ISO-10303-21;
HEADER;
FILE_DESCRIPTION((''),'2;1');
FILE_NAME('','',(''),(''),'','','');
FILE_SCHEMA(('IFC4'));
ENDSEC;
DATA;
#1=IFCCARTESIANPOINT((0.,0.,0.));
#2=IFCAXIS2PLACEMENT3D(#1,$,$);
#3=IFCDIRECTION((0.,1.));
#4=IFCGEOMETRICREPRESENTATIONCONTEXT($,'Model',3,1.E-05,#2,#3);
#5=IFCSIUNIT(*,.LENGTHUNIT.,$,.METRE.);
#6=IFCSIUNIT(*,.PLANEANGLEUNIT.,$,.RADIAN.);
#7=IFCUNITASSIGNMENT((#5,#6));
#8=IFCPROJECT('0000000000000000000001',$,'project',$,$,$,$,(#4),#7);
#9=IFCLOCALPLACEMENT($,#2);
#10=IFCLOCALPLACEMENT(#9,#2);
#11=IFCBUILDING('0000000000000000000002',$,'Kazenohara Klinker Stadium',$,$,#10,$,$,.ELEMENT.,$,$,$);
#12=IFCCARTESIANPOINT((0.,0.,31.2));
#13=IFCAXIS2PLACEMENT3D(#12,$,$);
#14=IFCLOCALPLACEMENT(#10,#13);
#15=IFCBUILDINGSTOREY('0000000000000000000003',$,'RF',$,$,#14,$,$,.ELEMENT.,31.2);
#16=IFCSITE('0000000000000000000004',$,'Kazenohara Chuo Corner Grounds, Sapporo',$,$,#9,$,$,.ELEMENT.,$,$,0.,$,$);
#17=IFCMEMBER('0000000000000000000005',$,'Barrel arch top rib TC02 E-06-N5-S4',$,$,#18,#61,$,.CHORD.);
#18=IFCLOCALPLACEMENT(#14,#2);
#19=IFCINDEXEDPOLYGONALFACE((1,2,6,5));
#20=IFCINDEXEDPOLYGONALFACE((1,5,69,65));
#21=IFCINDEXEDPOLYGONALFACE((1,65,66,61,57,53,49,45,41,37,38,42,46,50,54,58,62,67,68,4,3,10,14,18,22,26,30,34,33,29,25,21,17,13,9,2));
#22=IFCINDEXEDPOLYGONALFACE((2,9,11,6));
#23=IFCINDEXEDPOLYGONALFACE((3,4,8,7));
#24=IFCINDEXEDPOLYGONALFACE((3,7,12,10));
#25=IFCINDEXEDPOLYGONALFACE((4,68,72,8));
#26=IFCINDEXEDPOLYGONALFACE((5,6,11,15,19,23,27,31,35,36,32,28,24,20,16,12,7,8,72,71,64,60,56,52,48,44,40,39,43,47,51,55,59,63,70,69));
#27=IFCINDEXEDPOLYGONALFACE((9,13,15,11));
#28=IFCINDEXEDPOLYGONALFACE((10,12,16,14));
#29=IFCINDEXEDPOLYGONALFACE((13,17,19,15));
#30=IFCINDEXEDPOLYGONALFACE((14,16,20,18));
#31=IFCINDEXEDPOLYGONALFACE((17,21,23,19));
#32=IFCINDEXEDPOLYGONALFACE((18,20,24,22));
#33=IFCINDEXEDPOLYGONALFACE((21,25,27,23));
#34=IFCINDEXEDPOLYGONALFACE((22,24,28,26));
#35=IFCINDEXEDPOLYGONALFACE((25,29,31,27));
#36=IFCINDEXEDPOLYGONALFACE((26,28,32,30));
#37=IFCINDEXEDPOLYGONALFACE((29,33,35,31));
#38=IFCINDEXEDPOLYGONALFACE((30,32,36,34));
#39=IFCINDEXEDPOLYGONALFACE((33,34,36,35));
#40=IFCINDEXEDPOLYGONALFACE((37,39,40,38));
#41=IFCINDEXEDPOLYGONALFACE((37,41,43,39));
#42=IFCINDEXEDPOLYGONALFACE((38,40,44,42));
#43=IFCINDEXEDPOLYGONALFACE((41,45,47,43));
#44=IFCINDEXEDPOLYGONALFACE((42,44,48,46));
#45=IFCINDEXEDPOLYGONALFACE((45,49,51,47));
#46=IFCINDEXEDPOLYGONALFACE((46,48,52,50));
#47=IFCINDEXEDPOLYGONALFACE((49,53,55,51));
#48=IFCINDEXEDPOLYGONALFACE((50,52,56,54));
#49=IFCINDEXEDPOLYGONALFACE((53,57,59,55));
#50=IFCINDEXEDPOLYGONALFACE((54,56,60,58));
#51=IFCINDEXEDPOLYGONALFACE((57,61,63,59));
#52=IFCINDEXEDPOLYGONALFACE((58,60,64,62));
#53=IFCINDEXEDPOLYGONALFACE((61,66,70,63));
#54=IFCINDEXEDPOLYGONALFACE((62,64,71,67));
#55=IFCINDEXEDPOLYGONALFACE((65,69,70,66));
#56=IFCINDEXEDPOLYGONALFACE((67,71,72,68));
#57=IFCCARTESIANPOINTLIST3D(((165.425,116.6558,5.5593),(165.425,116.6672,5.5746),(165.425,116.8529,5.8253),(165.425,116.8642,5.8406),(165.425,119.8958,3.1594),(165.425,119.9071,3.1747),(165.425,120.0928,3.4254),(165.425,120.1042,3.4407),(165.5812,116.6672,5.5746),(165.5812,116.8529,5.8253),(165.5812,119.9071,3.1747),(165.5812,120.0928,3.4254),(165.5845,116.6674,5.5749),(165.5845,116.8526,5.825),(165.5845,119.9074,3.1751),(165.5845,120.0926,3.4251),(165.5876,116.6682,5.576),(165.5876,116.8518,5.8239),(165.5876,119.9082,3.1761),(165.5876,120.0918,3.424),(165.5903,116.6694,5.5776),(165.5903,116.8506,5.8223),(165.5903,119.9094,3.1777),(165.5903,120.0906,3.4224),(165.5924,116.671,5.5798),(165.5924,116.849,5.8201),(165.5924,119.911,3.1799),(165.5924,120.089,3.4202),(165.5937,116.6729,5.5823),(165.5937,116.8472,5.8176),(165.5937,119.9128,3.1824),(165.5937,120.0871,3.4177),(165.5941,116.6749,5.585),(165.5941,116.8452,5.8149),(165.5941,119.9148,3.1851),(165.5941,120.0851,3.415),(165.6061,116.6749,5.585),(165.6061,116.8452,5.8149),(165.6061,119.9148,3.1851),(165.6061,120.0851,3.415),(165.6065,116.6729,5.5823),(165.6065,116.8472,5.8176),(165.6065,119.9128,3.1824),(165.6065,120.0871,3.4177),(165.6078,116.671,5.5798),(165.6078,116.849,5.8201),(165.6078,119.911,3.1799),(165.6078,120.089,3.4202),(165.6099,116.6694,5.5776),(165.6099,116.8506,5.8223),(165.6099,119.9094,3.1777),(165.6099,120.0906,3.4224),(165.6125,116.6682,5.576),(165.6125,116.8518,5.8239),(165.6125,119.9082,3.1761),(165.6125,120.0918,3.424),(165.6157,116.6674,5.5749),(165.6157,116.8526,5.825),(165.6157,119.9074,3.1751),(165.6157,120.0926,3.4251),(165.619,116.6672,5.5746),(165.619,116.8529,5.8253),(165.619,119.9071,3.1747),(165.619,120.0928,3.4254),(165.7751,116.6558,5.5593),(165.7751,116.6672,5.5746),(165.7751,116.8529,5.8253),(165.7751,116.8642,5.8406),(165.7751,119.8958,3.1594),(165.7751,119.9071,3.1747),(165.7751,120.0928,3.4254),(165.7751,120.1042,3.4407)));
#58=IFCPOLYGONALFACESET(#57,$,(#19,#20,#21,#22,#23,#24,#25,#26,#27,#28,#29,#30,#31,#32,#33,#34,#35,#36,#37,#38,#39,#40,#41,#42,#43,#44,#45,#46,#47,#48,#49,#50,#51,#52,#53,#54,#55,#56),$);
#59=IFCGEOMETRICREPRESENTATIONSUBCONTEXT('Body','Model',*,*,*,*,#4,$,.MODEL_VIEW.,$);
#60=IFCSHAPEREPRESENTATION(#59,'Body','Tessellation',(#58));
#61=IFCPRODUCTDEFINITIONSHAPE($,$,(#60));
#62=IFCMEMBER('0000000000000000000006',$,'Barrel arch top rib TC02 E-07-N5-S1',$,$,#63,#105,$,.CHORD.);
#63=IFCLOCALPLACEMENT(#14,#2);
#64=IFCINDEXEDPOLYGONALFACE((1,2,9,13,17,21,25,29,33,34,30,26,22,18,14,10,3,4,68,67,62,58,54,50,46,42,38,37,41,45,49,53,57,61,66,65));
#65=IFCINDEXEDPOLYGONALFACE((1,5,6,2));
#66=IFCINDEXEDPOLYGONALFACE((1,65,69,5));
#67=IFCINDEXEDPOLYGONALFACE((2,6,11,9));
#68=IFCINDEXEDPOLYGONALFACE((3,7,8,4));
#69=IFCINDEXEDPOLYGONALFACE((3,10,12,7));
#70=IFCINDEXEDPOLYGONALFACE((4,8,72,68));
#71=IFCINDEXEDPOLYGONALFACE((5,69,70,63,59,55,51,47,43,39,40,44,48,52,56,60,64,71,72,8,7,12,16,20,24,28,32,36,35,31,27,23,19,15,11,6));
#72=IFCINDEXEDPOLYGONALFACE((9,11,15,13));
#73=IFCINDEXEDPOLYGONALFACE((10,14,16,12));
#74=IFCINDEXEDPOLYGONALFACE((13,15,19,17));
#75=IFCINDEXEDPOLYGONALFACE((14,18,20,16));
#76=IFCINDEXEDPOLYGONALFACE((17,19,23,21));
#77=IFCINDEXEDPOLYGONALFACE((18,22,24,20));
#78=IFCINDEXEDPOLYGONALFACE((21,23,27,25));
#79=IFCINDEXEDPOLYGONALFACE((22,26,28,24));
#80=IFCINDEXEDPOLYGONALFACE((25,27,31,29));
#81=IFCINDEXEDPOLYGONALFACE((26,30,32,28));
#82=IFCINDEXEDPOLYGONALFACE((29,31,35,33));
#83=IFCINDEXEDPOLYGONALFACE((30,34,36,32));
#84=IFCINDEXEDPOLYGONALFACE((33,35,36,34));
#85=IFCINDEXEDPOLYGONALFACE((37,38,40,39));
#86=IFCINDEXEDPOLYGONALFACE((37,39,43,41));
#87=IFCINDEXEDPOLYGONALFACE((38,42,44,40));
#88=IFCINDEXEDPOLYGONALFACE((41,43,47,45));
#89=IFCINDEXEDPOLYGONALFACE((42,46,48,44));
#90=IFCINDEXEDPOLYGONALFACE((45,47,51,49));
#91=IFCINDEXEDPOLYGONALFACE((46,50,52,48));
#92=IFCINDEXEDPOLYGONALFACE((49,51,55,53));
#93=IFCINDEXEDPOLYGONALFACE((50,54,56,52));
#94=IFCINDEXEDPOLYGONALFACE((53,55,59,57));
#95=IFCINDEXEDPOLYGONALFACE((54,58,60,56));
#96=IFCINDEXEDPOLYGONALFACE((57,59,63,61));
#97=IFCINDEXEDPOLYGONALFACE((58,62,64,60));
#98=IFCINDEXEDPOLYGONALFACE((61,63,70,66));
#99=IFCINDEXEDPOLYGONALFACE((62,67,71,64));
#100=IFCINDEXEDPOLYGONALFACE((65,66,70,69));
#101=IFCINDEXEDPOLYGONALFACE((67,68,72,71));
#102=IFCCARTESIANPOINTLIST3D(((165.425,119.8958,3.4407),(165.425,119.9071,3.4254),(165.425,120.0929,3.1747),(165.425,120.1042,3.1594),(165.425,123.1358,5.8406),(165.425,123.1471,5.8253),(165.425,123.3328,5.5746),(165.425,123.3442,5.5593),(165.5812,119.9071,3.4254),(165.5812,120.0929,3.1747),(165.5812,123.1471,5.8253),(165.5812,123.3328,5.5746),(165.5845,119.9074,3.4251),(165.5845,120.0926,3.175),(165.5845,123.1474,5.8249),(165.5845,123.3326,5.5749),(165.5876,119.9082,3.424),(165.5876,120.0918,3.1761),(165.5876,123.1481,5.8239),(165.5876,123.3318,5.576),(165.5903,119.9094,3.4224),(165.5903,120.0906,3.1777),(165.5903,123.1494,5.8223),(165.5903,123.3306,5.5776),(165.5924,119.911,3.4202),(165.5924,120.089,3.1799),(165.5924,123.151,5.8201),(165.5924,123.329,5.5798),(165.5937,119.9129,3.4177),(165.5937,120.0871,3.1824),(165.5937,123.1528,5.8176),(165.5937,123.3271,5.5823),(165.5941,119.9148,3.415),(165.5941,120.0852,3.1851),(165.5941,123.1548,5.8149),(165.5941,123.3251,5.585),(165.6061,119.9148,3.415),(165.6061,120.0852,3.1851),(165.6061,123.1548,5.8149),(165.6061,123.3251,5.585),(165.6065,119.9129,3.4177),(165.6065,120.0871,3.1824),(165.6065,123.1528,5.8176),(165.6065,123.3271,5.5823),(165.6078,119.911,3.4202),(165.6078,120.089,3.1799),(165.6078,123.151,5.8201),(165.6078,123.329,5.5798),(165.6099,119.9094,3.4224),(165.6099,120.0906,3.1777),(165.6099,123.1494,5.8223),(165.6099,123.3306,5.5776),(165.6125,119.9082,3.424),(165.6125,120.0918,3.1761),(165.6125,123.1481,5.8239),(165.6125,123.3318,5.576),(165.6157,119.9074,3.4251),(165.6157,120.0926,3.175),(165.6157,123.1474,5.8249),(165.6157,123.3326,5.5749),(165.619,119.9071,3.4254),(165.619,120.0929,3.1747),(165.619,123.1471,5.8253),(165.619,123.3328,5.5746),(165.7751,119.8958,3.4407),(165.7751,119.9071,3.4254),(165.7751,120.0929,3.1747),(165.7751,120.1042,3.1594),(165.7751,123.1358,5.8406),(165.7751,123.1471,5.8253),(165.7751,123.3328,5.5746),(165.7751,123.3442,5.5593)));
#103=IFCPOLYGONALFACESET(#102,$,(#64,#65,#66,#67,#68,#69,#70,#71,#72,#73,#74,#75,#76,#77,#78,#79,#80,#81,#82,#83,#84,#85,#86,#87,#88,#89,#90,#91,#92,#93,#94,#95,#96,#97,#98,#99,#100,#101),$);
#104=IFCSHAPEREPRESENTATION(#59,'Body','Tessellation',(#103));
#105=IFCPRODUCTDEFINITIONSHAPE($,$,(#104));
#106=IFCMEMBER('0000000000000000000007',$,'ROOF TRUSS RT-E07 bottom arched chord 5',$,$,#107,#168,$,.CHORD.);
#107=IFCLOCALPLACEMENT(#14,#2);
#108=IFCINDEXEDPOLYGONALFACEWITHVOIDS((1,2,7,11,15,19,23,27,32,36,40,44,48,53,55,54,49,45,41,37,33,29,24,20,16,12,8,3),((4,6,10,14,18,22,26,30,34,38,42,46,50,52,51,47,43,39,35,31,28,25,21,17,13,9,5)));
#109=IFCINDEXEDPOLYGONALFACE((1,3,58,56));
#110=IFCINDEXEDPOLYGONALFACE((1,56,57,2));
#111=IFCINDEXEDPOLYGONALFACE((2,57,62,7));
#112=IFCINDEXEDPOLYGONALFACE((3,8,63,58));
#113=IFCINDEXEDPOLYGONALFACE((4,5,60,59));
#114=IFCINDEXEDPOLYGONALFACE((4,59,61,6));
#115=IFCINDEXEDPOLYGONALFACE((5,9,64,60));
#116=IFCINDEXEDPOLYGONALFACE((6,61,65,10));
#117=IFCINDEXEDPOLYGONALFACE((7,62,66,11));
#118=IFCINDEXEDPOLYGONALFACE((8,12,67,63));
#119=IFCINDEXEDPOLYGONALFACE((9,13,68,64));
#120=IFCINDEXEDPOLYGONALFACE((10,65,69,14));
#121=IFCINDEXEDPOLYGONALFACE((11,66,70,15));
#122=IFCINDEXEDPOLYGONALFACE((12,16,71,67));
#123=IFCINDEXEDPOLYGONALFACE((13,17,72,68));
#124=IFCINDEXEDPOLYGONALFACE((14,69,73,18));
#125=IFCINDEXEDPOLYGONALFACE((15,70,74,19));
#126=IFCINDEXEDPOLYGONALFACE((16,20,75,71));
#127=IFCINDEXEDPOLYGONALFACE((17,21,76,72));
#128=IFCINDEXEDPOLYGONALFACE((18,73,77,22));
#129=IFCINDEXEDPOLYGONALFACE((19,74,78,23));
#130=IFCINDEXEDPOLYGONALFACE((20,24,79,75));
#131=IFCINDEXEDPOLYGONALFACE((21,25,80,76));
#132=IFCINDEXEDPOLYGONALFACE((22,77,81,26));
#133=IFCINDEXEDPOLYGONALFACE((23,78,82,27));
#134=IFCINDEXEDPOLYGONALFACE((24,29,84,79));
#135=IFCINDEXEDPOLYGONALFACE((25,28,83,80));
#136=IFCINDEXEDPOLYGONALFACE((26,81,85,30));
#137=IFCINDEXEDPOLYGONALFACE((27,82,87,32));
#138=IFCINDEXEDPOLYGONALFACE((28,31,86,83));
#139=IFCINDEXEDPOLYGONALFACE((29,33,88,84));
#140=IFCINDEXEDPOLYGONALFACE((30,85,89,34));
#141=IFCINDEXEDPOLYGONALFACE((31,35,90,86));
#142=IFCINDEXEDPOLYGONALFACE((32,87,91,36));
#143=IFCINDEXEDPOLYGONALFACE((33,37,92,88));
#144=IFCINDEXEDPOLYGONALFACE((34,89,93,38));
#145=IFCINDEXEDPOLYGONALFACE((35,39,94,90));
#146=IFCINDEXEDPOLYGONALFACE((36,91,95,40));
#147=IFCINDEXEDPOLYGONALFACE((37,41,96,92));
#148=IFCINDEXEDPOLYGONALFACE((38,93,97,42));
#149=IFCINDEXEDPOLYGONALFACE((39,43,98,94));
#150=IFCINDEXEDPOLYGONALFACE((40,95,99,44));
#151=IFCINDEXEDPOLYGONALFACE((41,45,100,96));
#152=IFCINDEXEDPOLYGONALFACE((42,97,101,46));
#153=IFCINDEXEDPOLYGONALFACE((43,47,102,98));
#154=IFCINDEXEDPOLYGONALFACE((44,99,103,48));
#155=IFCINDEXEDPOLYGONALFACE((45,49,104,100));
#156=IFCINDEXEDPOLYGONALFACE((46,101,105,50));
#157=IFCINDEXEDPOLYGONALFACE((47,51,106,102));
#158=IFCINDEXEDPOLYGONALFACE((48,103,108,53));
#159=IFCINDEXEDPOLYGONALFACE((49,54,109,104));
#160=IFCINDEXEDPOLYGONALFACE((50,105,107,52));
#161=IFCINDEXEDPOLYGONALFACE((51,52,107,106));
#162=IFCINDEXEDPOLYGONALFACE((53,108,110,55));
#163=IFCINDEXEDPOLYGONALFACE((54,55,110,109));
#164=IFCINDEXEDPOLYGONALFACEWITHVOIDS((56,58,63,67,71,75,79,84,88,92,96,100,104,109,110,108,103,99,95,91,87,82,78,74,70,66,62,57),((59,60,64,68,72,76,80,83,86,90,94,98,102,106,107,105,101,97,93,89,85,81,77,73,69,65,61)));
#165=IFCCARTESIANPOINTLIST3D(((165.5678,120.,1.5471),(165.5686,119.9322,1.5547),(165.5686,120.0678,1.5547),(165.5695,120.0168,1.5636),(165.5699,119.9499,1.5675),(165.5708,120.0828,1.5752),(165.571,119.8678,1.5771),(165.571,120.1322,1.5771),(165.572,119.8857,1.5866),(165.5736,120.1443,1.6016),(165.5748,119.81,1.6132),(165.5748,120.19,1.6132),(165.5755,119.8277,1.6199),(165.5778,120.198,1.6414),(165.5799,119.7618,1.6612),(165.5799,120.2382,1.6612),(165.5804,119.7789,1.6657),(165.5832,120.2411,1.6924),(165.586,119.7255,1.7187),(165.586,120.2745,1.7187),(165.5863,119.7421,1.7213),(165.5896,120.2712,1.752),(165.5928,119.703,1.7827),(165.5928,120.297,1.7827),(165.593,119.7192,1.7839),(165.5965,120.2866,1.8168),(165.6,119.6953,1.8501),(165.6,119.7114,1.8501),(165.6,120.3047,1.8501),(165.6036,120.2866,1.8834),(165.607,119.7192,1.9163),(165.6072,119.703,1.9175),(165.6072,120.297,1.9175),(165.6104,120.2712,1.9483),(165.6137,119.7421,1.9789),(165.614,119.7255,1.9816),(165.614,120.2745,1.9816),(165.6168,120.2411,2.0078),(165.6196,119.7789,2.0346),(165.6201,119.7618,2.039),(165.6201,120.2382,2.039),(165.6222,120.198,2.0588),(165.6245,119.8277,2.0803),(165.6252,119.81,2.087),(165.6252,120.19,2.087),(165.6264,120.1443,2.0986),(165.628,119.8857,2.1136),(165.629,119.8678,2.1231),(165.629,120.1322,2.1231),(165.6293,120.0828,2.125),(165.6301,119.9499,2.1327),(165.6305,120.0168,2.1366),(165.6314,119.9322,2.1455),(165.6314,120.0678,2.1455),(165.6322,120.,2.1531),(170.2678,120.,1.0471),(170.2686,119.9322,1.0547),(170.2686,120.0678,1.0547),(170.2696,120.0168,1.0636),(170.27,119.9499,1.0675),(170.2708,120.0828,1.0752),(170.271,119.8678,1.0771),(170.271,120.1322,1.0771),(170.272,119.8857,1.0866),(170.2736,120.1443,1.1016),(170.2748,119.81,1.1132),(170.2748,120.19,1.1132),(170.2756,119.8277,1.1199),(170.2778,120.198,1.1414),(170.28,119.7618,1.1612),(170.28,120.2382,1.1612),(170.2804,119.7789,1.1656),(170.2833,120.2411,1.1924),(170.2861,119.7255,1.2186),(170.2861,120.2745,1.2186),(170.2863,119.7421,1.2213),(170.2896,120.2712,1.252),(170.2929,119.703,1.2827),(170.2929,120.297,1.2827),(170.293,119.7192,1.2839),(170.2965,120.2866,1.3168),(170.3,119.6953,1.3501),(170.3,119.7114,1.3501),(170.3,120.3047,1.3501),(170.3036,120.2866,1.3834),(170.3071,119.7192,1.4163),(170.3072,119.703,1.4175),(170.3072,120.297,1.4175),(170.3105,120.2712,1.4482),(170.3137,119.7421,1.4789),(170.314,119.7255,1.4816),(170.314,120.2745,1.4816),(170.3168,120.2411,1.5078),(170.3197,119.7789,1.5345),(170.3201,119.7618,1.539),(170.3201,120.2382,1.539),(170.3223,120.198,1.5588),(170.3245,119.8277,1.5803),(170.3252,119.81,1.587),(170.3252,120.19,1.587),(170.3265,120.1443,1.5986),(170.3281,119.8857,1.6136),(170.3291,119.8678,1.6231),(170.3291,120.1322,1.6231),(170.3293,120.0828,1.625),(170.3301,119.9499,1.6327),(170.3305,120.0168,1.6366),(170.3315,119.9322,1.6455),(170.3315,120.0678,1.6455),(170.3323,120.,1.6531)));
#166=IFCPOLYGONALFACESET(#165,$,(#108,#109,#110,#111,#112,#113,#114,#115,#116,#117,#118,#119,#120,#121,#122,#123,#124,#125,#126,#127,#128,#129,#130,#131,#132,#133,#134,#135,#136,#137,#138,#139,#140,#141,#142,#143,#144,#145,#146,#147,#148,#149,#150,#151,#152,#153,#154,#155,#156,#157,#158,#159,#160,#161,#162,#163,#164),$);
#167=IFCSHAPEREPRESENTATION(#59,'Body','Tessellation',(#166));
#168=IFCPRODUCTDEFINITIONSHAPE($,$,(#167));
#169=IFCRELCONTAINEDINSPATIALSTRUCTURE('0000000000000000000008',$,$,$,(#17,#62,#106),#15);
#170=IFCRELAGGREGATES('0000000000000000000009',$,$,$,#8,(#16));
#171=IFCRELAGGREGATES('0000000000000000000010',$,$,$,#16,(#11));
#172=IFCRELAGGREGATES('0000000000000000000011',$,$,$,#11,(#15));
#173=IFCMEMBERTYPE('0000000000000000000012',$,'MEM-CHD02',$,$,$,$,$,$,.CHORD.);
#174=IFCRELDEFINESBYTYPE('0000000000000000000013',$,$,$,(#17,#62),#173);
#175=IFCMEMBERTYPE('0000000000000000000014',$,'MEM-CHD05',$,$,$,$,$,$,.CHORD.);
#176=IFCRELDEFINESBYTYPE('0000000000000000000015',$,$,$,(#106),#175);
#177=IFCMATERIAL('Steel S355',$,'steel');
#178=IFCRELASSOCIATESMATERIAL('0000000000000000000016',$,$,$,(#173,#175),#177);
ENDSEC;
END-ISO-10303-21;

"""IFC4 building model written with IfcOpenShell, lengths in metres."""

from ifc_helpers import new_model, si_unit, direction, frame, origin, origin_2d, place, context, subcontext, project, spatial, hollow_circle, i_section, extrude, material, material_profile, profile_set, type_object, element, save


model = new_model("IFC4")

# Units and contexts
model_context = context("Model", 3, precision=1e-05, world=origin(), true_north=direction((0.0, 1.0)))
body_context = subcontext(model_context, "Body", "Model", "MODEL_VIEW")
ifc_project = project(units=[si_unit("LENGTHUNIT", "METRE"), si_unit("PLANEANGLEUNIT", "RADIAN")], contexts=[model_context])

# Site, building, storey
site_placement = place(None, origin())
site = spatial("IfcSite", under=ifc_project, at=site_placement, Name="Kazenohara Chuo Corner Grounds, Sapporo", CompositionType="ELEMENT", RefElevation=0.0)
building_placement = place(site_placement, origin())
building = spatial("IfcBuilding", under=site, at=building_placement, Name="Kazenohara Klinker Stadium", CompositionType="ELEMENT")
storey_placement = place(building_placement, frame((0.0, 0.0, 31.2)))
storey = spatial("IfcBuildingStorey", under=building, at=storey_placement, Name="RF", CompositionType="ELEMENT", Elevation=31.2)

# Members
ifc_material_1 = material(Name="Steel S355", Category="steel")
ifc_material_profile_1 = material_profile(ifc_material_1, i_section(OverallWidth=0.3501, OverallDepth=0.3501, WebThickness=0.012, FlangeThickness=0.019, FilletRadius=0.0129, at=origin_2d()), Name="H-350x350x12x19")
ifc_profile_set_1 = profile_set([ifc_material_profile_1], Name="Steel S355")
member_type_1 = type_object("IfcMemberType", Name="MEM-CHD02", PredefinedType="CHORD", material=ifc_profile_set_1)
for number, where, z_axis, x_axis, name in (
    (1, (165.6001, 116.76, 5.7), (0.0, 0.803568, -0.595213), (-1.0, 0.0, 0.0), "Barrel arch top rib TC02 E-06-N5-S4"),
    (2, (165.6001, 120.0, 3.3), (0.0, 0.803568, 0.595213), (-1.0, 0.0, 0.0), "Barrel arch top rib TC02 E-07-N5-S1"),
):
    element("IfcMember", number, at=place(storey_placement, frame(where, z_axis=z_axis, x_axis=x_axis)), inside=storey, type_object=member_type_1, Name=name, PredefinedType="CHORD", context=body_context, shape_type="SweptSolid", body=[
        extrude(i_section(OverallWidth=0.3501, OverallDepth=0.3501, WebThickness=0.012, FlangeThickness=0.019, FilletRadius=0.0129, at=origin_2d()), origin(), (0.0, 0.0, 1.0), 4.032),
    ])
ifc_material_profile_2 = material_profile(ifc_material_1, hollow_circle(Radius=0.3047, WallThickness=0.0161, at=origin_2d()), Name="CHS-609.6x16")
ifc_profile_set_2 = profile_set([ifc_material_profile_2], Name="Steel S355")
member_type_2 = type_object("IfcMemberType", Name="MEM-CHD05", PredefinedType="CHORD", material=ifc_profile_set_2)
member_1_placement = place(storey_placement, frame((170.3, 120.0, 1.3501), z_axis=(-0.994389, 0.0, 0.105787), x_axis=(0.0, -1.0, 0.0)))
element("IfcMember", 3, at=member_1_placement, inside=storey, type_object=member_type_2, Name="ROOF TRUSS RT-E07 bottom arched chord 5", PredefinedType="CHORD", context=body_context, shape_type="SweptSolid", body=[
    extrude(hollow_circle(Radius=0.3047, WallThickness=0.0161, at=origin_2d()), origin(), (0.0, 0.0, 1.0), 4.7266),
])

save(model, "model.ifc")
